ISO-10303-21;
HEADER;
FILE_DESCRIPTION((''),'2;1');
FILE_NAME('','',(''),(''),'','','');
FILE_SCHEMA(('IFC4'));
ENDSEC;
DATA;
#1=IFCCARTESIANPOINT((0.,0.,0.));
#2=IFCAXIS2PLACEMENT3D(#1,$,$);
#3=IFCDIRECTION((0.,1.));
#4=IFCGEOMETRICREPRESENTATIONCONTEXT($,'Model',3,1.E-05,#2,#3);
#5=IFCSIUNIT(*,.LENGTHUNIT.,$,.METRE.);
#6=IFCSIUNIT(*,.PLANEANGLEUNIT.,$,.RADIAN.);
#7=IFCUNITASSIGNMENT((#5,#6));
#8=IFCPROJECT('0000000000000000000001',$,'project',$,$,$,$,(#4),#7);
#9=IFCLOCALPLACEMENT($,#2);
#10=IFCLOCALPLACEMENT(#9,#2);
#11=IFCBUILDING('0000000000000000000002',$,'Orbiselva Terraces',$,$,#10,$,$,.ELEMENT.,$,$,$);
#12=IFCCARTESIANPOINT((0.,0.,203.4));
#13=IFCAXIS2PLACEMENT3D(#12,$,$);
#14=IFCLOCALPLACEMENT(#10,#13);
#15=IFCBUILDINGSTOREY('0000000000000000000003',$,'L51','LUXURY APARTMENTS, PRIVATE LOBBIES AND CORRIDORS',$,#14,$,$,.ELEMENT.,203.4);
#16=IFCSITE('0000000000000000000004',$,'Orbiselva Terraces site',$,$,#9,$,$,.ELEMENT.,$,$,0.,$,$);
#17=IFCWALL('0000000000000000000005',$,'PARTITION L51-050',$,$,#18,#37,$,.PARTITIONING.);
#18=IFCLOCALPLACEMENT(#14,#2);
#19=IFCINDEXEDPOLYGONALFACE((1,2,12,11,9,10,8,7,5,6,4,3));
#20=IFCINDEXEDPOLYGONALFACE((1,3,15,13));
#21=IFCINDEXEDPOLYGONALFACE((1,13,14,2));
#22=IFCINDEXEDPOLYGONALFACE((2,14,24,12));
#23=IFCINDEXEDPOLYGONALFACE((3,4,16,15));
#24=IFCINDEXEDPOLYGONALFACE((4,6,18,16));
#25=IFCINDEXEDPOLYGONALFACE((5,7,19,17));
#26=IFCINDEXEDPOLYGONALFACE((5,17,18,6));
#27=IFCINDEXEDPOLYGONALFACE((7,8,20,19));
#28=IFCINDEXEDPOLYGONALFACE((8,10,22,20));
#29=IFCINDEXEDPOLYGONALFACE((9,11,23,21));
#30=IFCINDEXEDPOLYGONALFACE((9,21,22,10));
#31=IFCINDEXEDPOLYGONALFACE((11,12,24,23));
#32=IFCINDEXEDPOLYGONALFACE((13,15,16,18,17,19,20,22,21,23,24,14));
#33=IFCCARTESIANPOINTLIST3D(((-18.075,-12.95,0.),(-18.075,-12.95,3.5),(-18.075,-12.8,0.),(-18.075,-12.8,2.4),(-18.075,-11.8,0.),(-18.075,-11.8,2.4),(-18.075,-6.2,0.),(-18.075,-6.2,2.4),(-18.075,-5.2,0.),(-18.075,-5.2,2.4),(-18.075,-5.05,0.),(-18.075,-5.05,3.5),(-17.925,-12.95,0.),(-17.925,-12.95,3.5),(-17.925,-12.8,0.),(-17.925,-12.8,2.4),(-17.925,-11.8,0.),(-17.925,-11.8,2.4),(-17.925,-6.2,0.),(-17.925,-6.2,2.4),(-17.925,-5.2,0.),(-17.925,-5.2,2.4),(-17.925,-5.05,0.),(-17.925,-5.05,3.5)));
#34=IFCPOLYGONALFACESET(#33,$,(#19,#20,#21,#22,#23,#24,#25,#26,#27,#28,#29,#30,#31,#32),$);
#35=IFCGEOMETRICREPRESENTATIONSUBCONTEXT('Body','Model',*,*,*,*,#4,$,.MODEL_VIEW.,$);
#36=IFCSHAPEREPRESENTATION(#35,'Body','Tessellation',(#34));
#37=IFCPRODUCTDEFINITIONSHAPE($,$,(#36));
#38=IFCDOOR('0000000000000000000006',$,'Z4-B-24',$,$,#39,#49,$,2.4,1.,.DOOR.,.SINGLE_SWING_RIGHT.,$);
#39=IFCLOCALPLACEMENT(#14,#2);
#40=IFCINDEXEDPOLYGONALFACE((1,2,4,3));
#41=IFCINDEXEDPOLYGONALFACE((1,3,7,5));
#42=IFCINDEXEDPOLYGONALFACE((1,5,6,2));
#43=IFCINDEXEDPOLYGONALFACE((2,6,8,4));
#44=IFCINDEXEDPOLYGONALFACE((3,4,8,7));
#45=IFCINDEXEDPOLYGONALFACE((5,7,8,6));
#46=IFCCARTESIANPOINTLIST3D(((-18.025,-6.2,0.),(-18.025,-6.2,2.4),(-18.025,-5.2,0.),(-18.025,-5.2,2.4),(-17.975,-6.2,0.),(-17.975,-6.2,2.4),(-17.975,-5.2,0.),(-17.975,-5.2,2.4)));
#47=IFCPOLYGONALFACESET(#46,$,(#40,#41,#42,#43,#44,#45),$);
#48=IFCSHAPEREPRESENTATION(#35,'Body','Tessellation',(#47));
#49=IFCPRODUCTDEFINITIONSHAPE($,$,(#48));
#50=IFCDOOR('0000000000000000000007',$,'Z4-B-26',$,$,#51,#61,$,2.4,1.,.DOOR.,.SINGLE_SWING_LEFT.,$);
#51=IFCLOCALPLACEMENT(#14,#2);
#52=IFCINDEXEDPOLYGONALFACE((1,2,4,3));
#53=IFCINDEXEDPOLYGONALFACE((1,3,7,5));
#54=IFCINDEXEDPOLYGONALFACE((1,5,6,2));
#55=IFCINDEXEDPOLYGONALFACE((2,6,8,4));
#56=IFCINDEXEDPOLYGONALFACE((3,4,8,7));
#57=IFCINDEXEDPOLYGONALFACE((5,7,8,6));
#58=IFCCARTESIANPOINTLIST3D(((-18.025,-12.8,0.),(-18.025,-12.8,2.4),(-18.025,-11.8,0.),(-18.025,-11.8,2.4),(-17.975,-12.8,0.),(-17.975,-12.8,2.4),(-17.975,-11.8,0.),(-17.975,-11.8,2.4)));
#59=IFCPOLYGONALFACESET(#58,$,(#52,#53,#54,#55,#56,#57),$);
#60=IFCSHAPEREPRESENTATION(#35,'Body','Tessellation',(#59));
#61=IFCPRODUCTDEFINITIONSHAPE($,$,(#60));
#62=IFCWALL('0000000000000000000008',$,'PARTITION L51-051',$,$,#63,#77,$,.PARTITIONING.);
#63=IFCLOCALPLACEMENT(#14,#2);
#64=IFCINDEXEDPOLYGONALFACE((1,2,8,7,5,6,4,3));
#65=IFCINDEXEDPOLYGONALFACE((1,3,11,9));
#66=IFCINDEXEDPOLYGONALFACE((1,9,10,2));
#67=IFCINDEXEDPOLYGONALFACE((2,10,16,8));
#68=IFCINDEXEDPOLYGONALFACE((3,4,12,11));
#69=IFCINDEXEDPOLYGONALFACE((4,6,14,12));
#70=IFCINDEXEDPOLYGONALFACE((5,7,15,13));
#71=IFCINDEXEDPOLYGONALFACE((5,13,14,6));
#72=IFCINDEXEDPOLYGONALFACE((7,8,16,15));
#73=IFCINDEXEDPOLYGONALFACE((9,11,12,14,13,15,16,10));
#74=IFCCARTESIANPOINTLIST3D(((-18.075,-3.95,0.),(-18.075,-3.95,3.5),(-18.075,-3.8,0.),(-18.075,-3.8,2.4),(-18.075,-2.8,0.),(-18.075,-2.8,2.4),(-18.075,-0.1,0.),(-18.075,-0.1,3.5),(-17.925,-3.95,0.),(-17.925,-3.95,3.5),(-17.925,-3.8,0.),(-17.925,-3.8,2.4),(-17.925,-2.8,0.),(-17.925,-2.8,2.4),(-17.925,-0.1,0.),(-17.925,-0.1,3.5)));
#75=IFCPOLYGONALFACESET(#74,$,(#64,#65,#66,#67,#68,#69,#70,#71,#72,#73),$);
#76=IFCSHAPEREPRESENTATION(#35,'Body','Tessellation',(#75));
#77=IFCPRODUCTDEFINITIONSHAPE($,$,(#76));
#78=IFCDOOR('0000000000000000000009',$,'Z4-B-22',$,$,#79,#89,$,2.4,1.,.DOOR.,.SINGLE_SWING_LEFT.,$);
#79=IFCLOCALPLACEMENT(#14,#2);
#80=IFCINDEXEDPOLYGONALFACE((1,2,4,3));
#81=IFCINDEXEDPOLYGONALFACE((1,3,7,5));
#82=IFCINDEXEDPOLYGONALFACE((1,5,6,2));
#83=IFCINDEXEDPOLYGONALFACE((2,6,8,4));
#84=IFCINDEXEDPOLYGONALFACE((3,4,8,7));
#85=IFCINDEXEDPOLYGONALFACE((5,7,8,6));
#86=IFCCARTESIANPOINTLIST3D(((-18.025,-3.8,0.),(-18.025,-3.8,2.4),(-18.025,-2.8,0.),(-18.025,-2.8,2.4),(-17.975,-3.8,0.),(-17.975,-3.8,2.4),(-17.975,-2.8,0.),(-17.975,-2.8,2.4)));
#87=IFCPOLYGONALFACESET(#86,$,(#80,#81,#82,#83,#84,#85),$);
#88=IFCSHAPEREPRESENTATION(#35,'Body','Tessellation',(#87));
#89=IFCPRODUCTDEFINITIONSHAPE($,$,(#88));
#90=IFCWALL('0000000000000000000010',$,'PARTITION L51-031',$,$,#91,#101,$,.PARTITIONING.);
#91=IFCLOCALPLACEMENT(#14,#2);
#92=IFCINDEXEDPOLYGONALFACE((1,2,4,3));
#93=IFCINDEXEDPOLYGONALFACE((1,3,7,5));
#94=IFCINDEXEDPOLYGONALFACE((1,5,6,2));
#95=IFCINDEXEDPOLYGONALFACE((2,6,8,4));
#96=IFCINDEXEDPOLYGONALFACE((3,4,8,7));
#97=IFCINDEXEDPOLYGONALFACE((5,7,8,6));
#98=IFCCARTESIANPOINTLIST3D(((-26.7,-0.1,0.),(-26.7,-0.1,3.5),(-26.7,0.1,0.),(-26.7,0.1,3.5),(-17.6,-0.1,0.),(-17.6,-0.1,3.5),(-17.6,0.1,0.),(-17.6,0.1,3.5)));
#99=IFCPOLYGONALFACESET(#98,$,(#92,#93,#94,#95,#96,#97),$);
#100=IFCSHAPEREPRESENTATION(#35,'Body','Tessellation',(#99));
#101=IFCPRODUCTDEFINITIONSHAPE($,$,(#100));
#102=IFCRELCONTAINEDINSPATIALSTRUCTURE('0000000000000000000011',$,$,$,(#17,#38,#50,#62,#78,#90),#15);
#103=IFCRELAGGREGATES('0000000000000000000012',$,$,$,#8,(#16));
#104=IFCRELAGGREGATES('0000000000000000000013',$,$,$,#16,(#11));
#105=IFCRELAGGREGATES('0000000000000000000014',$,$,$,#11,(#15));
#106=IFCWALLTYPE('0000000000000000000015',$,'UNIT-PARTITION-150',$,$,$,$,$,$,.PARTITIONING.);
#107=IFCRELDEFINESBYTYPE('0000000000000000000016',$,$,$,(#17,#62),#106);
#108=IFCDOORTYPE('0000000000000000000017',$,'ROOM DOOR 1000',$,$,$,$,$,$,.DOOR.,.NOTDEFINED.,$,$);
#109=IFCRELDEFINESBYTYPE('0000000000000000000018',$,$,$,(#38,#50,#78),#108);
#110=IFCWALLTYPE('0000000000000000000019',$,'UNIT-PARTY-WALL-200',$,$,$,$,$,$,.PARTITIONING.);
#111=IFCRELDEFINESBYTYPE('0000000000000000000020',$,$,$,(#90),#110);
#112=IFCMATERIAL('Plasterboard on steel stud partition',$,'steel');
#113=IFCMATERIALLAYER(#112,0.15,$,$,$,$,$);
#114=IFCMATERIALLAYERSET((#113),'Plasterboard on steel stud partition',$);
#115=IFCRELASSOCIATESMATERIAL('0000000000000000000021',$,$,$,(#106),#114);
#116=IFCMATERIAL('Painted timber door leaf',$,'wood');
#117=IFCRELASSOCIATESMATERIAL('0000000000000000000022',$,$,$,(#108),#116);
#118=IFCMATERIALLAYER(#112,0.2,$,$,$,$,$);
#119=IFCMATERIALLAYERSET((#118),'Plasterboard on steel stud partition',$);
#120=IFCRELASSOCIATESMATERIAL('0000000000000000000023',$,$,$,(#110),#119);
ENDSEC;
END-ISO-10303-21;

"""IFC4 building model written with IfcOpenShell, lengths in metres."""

from ifc_helpers import new_model, si_unit, direction, frame, frame_2d, origin, place, context, subcontext, project, spatial, rectangle, extrude, material, layer, layer_set, type_object, element, fill, save


model = new_model("IFC4")

# Units and contexts
model_context = context("Model", 3, precision=1e-05, world=origin(), true_north=direction((0.0, 1.0)))
body_context = subcontext(model_context, "Body", "Model", "MODEL_VIEW")
ifc_project = project(units=[si_unit("LENGTHUNIT", "METRE"), si_unit("PLANEANGLEUNIT", "RADIAN")], contexts=[model_context])

# Site, building, storey
site_placement = place(None, origin())
site = spatial("IfcSite", under=ifc_project, at=site_placement, Name="Orbiselva Terraces site", CompositionType="ELEMENT", RefElevation=0.0)
building_placement = place(site_placement, origin())
building = spatial("IfcBuilding", under=site, at=building_placement, Name="Orbiselva Terraces", CompositionType="ELEMENT")
storey_placement = place(building_placement, frame((0.0, 0.0, 203.4)))
storey = spatial("IfcBuildingStorey", under=building, at=storey_placement, Name="L51", Description="LUXURY APARTMENTS, PRIVATE LOBBIES AND CORRIDORS", CompositionType="ELEMENT", Elevation=203.4)

# Shared definitions
ifc_material_1 = material(Name="Plasterboard on steel stud partition", Category="steel")
ifc_layer_1 = layer(ifc_material_1, 0.15)
ifc_layer_set_1 = layer_set([ifc_layer_1], Name="Plasterboard on steel stud partition")
wall_type_1 = type_object("IfcWallType", Name="UNIT-PARTITION-150", PredefinedType="PARTITIONING", material=ifc_layer_set_1)

# Shared definitions
ifc_material_2 = material(Name="Painted timber door leaf", Category="wood")

# Wall, openings, doors
wall_1_placement = place(storey_placement, frame((-18.0, -12.95, 0.0), z_axis=(0.0, 0.0, 1.0), x_axis=(0.0, 1.0, 0.0)))
wall_1 = element("IfcWall", 1, at=wall_1_placement, inside=storey, type_object=wall_type_1, Name="PARTITION L51-050", PredefinedType="PARTITIONING", context=body_context, shape_type="SweptSolid", body=[
    extrude(rectangle(XDim=7.9, YDim=0.15, at=frame_2d((3.95, 0.0))), origin(), (0.0, 0.0, 1.0), 3.5),
])
opening_1_placement = place(wall_1_placement, frame((6.75, 0.0, 0.0)))
opening_1 = element("IfcOpeningElement", 2, at=opening_1_placement, cuts=wall_1, PredefinedType="OPENING", context=body_context, shape_type="SweptSolid", body=[
    extrude(rectangle(XDim=1.0, YDim=2.4, at=frame_2d((0.5, 1.2))), frame((0.0, 0.085, 0.0), z_axis=(0.0, -1.0, 0.0), x_axis=(1.0, 0.0, 0.0)), (0.0, 0.0, 1.0), 0.17),
])
opening_2_placement = place(wall_1_placement, frame((0.15, 0.0, 0.0)))
opening_2 = element("IfcOpeningElement", 3, at=opening_2_placement, cuts=wall_1, PredefinedType="OPENING", context=body_context, shape_type="SweptSolid", body=[
    extrude(rectangle(XDim=1.0, YDim=2.4, at=frame_2d((0.5, 1.2))), frame((0.0, 0.085, 0.0), z_axis=(0.0, -1.0, 0.0), x_axis=(1.0, 0.0, 0.0)), (0.0, 0.0, 1.0), 0.17),
])
door_type_1 = type_object("IfcDoorType", Name="ROOM DOOR 1000", OperationType="NOTDEFINED", PredefinedType="DOOR", material=ifc_material_2)
door_1_placement = place(opening_1_placement, origin())
door_1 = element("IfcDoor", 4, at=door_1_placement, inside=storey, type_object=door_type_1, Name="Z4-B-24", OperationType="SINGLE_SWING_RIGHT", OverallHeight=2.4, OverallWidth=1.0, PredefinedType="DOOR", context=body_context, shape_type="SweptSolid", body=[
    extrude(rectangle(XDim=1.0, YDim=2.4, at=frame_2d((0.5, 1.2))), frame((0.0, 0.025, 0.0), z_axis=(0.0, -1.0, 0.0), x_axis=(1.0, 0.0, 0.0)), (0.0, 0.0, 1.0), 0.05),
])
fill(opening_1, door_1)
door_2_placement = place(opening_2_placement, origin())
door_2 = element("IfcDoor", 5, at=door_2_placement, inside=storey, type_object=door_type_1, Name="Z4-B-26", OperationType="SINGLE_SWING_LEFT", OverallHeight=2.4, OverallWidth=1.0, PredefinedType="DOOR", context=body_context, shape_type="SweptSolid", body=[
    extrude(rectangle(XDim=1.0, YDim=2.4, at=frame_2d((0.5, 1.2))), frame((0.0, 0.025, 0.0), z_axis=(0.0, -1.0, 0.0), x_axis=(1.0, 0.0, 0.0)), (0.0, 0.0, 1.0), 0.05),
])
fill(opening_2, door_2)

# Wall, opening, door
wall_2_placement = place(storey_placement, frame((-18.0, -3.95, 0.0), z_axis=(0.0, 0.0, 1.0), x_axis=(0.0, 1.0, 0.0)))
wall_2 = element("IfcWall", 6, at=wall_2_placement, inside=storey, type_object=wall_type_1, Name="PARTITION L51-051", PredefinedType="PARTITIONING", context=body_context, shape_type="SweptSolid", body=[
    extrude(rectangle(XDim=3.85, YDim=0.15, at=frame_2d((1.925, 0.0))), origin(), (0.0, 0.0, 1.0), 3.5),
])
opening_3_placement = place(wall_2_placement, frame((0.15, 0.0, 0.0)))
opening_3 = element("IfcOpeningElement", 7, at=opening_3_placement, cuts=wall_2, PredefinedType="OPENING", context=body_context, shape_type="SweptSolid", body=[
    extrude(rectangle(XDim=1.0, YDim=2.4, at=frame_2d((0.5, 1.2))), frame((0.0, 0.085, 0.0), z_axis=(0.0, -1.0, 0.0), x_axis=(1.0, 0.0, 0.0)), (0.0, 0.0, 1.0), 0.17),
])
door_3_placement = place(opening_3_placement, origin())
door_3 = element("IfcDoor", 8, at=door_3_placement, inside=storey, type_object=door_type_1, Name="Z4-B-22", OperationType="SINGLE_SWING_LEFT", OverallHeight=2.4, OverallWidth=1.0, PredefinedType="DOOR", context=body_context, shape_type="SweptSolid", body=[
    extrude(rectangle(XDim=1.0, YDim=2.4, at=frame_2d((0.5, 1.2))), frame((0.0, 0.025, 0.0), z_axis=(0.0, -1.0, 0.0), x_axis=(1.0, 0.0, 0.0)), (0.0, 0.0, 1.0), 0.05),
])
fill(opening_3, door_3)

# Wall
ifc_layer_2 = layer(ifc_material_1, 0.2)
ifc_layer_set_2 = layer_set([ifc_layer_2], Name="Plasterboard on steel stud partition")
wall_type_2 = type_object("IfcWallType", Name="UNIT-PARTY-WALL-200", PredefinedType="PARTITIONING", material=ifc_layer_set_2)
wall_3_placement = place(storey_placement, frame((-26.7, 0.0, 0.0), z_axis=(0.0, 0.0, 1.0), x_axis=(1.0, 0.0, 0.0)))
element("IfcWall", 9, at=wall_3_placement, inside=storey, type_object=wall_type_2, Name="PARTITION L51-031", PredefinedType="PARTITIONING", context=body_context, shape_type="SweptSolid", body=[
    extrude(rectangle(XDim=9.1, YDim=0.2, at=frame_2d((4.55, 0.0))), origin(), (0.0, 0.0, 1.0), 3.5),
])

save(model, "model.ifc")
